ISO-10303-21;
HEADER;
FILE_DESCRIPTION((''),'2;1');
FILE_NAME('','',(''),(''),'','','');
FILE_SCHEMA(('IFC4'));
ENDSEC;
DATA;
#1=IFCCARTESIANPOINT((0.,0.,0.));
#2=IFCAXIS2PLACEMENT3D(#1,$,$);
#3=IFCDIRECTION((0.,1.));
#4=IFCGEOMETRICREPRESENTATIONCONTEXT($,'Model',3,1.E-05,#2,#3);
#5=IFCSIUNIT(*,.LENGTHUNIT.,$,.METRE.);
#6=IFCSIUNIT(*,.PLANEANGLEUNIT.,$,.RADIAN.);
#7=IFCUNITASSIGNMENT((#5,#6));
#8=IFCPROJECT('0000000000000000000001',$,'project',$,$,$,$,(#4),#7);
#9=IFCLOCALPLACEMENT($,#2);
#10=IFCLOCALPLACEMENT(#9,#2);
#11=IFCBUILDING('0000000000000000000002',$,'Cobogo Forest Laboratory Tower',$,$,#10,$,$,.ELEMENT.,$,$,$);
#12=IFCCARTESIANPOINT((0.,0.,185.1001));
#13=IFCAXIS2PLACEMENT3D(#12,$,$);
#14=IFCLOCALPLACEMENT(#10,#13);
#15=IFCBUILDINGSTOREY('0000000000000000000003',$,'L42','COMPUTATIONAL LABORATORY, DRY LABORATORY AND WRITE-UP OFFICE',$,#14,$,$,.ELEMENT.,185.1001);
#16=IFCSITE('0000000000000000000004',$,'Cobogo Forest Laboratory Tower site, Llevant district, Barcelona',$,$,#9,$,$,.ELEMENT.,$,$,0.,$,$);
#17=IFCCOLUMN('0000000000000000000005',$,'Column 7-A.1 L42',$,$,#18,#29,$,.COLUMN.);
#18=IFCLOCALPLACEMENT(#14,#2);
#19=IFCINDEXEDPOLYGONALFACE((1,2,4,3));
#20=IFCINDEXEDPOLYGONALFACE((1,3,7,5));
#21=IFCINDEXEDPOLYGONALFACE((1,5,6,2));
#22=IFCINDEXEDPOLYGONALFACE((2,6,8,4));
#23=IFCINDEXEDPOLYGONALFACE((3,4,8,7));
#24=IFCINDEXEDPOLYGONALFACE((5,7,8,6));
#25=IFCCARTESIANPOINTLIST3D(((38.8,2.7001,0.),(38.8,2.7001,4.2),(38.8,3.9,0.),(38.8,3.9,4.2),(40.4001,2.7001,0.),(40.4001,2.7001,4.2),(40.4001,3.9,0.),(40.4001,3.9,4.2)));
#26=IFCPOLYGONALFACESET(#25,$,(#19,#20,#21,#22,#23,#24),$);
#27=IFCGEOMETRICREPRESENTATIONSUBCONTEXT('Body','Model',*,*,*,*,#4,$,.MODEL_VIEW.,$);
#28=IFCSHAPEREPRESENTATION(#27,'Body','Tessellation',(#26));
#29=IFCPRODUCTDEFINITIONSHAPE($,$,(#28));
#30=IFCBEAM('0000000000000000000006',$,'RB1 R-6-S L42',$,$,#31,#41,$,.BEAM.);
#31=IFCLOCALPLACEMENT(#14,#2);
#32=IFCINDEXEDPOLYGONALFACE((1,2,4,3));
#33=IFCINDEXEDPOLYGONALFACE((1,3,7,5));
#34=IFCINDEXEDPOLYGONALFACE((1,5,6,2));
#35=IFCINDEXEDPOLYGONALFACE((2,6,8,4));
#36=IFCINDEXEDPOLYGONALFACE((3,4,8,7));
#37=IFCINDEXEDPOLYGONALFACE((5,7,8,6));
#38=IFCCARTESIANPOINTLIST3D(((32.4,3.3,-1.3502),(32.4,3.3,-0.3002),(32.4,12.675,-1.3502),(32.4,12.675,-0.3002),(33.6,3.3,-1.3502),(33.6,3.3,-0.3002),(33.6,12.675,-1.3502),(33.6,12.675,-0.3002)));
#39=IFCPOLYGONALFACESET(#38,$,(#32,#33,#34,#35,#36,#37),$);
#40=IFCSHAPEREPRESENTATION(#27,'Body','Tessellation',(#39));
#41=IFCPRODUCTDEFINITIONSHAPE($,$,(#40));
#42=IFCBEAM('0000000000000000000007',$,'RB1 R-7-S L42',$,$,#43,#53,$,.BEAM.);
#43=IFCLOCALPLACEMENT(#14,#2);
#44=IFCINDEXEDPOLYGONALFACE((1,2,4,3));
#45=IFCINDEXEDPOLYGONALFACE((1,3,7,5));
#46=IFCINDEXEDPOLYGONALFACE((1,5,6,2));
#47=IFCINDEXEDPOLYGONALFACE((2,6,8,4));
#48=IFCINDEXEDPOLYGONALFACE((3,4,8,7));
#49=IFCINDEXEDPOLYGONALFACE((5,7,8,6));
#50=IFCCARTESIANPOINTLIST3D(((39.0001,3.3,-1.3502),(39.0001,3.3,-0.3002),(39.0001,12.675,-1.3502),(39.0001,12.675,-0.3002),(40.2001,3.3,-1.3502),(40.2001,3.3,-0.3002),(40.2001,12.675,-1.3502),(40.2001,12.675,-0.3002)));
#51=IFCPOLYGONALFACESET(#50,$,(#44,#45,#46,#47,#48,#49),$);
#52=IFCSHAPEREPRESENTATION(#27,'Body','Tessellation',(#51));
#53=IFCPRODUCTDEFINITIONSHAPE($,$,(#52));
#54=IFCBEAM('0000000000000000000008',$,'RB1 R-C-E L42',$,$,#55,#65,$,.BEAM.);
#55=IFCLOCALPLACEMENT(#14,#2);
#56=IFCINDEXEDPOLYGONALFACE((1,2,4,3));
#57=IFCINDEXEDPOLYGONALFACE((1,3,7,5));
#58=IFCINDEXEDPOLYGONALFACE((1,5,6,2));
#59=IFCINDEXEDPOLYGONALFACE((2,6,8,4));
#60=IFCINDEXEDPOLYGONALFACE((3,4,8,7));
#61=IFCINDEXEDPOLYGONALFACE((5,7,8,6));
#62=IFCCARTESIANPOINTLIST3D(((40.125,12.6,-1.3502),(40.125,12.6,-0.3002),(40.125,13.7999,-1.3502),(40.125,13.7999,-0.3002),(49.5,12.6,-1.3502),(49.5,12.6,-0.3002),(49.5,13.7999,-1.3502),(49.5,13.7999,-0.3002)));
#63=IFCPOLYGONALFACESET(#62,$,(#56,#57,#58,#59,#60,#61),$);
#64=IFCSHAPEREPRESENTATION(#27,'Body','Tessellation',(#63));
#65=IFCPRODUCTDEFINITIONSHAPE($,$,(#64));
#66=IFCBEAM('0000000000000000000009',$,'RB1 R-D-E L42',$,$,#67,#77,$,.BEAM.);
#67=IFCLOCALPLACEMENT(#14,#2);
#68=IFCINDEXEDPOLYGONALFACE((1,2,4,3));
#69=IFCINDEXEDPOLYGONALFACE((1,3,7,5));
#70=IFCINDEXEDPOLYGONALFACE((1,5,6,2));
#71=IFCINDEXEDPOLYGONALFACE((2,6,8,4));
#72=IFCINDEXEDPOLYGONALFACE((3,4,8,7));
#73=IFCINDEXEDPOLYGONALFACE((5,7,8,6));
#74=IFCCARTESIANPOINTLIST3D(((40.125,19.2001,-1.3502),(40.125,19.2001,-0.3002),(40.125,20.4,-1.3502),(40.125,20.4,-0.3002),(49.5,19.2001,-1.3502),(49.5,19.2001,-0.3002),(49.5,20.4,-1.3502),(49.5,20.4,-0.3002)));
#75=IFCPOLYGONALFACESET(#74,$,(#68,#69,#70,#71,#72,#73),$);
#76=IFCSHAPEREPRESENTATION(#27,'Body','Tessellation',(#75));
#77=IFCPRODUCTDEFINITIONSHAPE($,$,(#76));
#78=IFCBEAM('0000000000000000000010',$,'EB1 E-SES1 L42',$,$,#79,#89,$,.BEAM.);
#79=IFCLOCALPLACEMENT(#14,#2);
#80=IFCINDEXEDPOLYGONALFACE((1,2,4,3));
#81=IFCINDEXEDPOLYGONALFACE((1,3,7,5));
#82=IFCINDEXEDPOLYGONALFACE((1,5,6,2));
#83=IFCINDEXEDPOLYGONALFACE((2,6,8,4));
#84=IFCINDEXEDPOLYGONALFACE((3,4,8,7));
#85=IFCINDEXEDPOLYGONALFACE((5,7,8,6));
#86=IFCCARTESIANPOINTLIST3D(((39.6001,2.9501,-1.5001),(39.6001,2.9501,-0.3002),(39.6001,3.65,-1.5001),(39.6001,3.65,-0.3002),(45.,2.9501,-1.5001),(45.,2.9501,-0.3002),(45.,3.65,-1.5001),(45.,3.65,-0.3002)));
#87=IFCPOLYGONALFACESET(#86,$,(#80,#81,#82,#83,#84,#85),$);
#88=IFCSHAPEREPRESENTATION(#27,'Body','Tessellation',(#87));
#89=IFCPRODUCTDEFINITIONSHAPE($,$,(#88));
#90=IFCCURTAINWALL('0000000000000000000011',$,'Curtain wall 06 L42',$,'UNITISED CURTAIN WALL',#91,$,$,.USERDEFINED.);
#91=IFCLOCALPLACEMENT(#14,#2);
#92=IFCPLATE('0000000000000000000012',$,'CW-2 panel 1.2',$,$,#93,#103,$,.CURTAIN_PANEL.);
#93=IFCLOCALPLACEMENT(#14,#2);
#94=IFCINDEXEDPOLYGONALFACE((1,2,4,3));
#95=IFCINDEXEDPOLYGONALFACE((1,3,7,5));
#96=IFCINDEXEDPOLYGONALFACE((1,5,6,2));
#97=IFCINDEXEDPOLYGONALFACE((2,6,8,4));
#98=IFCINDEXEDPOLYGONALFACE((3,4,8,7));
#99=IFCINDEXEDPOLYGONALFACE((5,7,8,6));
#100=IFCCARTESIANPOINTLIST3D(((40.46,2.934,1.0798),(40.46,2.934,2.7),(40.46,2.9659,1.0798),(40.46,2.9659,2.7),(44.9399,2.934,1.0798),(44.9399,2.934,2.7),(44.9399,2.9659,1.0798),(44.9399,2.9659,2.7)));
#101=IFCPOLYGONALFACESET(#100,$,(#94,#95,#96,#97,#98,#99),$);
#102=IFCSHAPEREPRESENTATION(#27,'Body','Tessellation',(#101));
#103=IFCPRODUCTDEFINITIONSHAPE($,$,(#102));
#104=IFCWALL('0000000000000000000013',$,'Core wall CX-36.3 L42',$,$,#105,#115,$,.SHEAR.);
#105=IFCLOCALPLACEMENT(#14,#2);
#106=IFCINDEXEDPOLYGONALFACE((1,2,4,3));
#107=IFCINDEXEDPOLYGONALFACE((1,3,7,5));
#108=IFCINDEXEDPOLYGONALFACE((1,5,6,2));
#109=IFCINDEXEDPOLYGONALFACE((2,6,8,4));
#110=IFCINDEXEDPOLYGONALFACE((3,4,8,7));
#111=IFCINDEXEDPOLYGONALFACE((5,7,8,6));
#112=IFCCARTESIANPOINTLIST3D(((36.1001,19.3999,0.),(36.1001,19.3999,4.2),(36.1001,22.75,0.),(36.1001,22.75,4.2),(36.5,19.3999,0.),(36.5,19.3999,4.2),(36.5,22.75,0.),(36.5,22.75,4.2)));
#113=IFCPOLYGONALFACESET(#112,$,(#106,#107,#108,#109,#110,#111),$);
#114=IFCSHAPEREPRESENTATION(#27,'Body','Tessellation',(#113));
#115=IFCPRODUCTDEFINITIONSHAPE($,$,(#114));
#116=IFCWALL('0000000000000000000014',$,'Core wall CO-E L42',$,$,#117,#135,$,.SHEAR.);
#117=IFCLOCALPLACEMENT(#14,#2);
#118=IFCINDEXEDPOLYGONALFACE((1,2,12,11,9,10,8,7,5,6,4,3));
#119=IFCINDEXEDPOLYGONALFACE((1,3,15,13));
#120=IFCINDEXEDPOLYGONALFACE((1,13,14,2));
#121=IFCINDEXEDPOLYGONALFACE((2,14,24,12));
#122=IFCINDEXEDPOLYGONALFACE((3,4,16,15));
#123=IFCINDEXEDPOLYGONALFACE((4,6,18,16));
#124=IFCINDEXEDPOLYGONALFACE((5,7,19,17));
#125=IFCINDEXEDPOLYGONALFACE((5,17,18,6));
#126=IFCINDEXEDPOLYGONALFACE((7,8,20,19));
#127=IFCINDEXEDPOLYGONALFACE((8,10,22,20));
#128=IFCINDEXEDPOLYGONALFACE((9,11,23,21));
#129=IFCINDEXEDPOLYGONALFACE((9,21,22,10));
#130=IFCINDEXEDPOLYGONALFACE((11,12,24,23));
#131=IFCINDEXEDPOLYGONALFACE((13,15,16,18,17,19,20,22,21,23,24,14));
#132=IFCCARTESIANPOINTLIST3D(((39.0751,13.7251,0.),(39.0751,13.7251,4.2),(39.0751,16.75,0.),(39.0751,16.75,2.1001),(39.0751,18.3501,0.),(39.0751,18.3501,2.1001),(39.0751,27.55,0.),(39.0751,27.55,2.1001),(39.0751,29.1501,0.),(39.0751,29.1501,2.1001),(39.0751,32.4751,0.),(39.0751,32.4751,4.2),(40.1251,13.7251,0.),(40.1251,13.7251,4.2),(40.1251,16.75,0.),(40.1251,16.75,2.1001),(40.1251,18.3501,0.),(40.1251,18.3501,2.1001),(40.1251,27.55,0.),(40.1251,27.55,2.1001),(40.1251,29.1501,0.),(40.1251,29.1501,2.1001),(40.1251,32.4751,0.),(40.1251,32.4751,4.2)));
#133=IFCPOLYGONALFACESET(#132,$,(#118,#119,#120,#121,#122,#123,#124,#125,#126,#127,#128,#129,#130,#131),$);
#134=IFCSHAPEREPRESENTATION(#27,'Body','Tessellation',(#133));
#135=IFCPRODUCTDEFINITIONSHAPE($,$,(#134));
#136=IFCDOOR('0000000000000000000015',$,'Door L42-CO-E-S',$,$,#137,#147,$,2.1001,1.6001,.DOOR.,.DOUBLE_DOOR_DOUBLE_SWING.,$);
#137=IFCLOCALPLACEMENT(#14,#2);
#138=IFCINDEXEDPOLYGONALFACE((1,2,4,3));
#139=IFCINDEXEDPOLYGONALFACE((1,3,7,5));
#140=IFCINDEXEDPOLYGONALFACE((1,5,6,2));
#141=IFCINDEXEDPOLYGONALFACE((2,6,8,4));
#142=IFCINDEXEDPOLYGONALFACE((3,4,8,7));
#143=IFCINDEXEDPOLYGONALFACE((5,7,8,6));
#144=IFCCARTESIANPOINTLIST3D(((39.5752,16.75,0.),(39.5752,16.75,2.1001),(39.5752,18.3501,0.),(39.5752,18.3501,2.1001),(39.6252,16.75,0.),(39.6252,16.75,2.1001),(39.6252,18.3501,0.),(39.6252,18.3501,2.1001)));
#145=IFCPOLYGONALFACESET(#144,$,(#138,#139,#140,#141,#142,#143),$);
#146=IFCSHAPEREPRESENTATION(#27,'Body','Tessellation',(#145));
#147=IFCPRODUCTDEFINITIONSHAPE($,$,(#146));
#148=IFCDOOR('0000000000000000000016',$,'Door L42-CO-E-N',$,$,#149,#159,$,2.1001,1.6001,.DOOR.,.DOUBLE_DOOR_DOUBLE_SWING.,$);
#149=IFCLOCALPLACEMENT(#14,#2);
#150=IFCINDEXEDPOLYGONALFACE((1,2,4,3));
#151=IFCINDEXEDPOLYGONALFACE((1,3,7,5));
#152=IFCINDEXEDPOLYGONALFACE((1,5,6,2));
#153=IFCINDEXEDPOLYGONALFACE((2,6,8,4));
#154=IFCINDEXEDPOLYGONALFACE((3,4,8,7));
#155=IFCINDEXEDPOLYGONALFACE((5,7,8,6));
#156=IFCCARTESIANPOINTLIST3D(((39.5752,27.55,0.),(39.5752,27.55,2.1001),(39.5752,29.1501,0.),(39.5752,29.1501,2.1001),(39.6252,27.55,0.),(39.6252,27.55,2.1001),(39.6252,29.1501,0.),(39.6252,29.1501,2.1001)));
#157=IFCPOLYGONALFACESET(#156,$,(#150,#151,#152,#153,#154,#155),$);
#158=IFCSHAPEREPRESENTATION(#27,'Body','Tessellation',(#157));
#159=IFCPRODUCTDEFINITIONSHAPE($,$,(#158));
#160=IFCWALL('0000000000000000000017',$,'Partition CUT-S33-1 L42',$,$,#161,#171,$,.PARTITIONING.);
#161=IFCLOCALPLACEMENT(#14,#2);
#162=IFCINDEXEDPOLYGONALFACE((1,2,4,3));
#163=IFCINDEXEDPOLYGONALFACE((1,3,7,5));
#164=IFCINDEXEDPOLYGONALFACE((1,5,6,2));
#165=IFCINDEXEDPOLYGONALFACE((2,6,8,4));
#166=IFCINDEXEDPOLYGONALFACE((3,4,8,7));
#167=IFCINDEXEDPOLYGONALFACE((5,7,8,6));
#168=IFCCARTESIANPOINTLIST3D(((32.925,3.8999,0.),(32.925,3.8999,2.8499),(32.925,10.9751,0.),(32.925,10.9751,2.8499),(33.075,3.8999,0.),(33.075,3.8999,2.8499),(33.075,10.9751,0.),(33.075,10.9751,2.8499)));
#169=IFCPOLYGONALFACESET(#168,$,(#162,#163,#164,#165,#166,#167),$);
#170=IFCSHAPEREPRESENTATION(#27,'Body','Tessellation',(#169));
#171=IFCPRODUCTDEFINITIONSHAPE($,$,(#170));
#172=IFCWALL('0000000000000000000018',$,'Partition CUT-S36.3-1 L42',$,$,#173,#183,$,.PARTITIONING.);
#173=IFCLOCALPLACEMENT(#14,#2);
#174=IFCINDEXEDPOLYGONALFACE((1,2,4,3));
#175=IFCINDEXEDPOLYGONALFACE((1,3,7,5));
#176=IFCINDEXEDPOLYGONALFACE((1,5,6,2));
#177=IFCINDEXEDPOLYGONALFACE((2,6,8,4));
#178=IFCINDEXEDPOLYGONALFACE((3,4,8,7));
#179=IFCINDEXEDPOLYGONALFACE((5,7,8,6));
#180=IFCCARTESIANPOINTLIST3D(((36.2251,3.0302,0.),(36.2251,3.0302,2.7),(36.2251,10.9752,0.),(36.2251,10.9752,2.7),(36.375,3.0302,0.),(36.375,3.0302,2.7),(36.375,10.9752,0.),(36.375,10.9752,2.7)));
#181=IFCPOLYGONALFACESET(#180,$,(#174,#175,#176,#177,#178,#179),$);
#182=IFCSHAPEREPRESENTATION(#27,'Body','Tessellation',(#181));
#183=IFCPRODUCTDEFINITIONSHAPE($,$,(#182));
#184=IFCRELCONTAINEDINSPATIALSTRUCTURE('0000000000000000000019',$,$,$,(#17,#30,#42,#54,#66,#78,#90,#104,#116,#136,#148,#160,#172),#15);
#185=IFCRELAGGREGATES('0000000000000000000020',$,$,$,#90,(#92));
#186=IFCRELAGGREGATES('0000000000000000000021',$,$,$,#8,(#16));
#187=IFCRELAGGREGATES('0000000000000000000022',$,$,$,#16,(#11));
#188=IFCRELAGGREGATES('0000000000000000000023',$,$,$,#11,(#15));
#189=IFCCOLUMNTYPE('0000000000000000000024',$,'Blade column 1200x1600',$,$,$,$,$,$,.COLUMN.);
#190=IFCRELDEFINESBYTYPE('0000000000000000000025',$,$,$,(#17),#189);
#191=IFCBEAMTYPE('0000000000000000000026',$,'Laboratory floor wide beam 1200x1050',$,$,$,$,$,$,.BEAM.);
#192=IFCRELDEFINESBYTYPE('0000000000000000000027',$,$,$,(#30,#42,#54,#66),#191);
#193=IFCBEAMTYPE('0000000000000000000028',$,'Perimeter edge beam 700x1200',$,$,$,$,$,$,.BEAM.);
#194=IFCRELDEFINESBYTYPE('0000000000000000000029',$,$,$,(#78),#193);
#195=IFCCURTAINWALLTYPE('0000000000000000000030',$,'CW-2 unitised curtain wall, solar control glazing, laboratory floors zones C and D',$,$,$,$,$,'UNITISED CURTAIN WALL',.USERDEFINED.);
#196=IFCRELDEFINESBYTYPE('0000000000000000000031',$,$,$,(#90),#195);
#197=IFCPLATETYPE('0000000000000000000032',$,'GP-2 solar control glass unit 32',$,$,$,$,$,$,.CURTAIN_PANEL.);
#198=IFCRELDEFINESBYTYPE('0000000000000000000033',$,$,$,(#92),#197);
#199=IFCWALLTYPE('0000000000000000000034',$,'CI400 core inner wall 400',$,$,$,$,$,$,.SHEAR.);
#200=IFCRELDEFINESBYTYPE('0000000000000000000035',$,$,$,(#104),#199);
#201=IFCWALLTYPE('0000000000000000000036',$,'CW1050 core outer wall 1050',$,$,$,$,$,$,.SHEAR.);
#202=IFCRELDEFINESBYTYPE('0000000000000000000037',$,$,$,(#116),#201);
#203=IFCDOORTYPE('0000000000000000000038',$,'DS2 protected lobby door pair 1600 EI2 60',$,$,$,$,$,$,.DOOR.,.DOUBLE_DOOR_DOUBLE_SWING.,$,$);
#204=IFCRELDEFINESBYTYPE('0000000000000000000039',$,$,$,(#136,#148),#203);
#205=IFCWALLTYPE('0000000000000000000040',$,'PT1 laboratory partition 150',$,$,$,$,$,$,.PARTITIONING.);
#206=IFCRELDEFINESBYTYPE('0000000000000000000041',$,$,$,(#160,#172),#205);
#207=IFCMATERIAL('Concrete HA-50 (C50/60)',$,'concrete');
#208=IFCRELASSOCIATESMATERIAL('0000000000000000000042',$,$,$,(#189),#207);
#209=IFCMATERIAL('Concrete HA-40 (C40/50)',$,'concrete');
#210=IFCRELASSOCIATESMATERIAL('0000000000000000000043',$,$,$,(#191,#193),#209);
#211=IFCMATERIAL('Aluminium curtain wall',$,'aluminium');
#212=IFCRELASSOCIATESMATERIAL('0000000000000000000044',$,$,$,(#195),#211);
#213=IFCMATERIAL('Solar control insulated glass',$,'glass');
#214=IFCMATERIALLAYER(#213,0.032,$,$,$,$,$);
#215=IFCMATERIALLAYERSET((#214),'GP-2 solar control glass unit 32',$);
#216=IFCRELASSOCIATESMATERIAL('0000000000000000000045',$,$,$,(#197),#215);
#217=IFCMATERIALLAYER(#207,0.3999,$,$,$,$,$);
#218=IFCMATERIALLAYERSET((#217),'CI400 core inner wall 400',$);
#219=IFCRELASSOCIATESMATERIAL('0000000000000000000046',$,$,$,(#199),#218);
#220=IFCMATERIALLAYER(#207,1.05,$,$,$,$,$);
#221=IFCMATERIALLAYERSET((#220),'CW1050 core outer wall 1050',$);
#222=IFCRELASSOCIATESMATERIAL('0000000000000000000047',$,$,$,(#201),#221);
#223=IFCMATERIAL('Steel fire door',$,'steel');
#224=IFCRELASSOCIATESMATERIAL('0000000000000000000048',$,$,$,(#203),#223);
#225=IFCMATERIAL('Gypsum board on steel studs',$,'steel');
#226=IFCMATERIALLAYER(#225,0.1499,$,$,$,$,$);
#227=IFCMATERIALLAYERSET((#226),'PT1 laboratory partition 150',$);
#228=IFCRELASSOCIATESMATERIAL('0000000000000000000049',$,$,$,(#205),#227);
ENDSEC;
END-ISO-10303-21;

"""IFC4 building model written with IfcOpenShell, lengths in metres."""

from ifc_helpers import new_model, si_unit, direction, frame, frame_2d, origin, origin_2d, place, context, subcontext, project, spatial, rectangle, extrude, material, layer, layer_set, material_profile, profile_set, type_object, element, fill, aggregate, save


model = new_model("IFC4")

# Units and contexts
model_context = context("Model", 3, precision=1e-05, world=origin(), true_north=direction((0.0, 1.0)))
body_context = subcontext(model_context, "Body", "Model", "MODEL_VIEW")
ifc_project = project(units=[si_unit("LENGTHUNIT", "METRE"), si_unit("PLANEANGLEUNIT", "RADIAN")], contexts=[model_context])

# Site, building, storey
site_placement = place(None, origin())
site = spatial("IfcSite", under=ifc_project, at=site_placement, Name="Cobogo Forest Laboratory Tower site, Llevant district, Barcelona", CompositionType="ELEMENT", RefElevation=0.0)
building_placement = place(site_placement, origin())
building = spatial("IfcBuilding", under=site, at=building_placement, Name="Cobogo Forest Laboratory Tower", CompositionType="ELEMENT")
storey_placement = place(building_placement, frame((0.0, 0.0, 185.1001)))
storey = spatial("IfcBuildingStorey", under=building, at=storey_placement, Name="L42", Description="COMPUTATIONAL LABORATORY, DRY LABORATORY AND WRITE-UP OFFICE", CompositionType="ELEMENT", Elevation=185.1001)

# Column
ifc_material_1 = material(Name="Concrete HA-50 (C50/60)", Category="concrete")
ifc_material_profile_1 = material_profile(ifc_material_1, rectangle(XDim=1.6001, YDim=1.2, at=origin_2d()), Name="RC 1200x1600")
ifc_profile_set_1 = profile_set([ifc_material_profile_1], Name="Concrete HA-50 (C50/60)")
column_type = type_object("IfcColumnType", Name="Blade column 1200x1600", PredefinedType="COLUMN", material=ifc_profile_set_1)
column_placement = place(storey_placement, frame((39.6001, 3.3, 0.0), z_axis=(0.0, 0.0, 1.0), x_axis=(1.0, 0.0, 0.0)))
element("IfcColumn", 1, at=column_placement, inside=storey, type_object=column_type, Name="Column 7-A.1 L42", PredefinedType="COLUMN", context=body_context, shape_type="SweptSolid", body=[
    extrude(rectangle(XDim=1.6001, YDim=1.2, at=origin_2d()), origin(), (0.0, 0.0, 1.0), 4.2),
])

# Beams
ifc_material_2 = material(Name="Concrete HA-40 (C40/50)", Category="concrete")
ifc_material_profile_2 = material_profile(ifc_material_2, rectangle(XDim=1.2, YDim=1.05, at=origin_2d()), Name="RC 1200x1050")
ifc_profile_set_2 = profile_set([ifc_material_profile_2], Name="Concrete HA-40 (C40/50)")
beam_type_1 = type_object("IfcBeamType", Name="Laboratory floor wide beam 1200x1050", PredefinedType="BEAM", material=ifc_profile_set_2)
for number, where, z_axis, x_axis, name in (
    (2, (33.0, 12.675, -0.8252), (0.0, -1.0, 0.0), (1.0, 0.0, 0.0), "RB1 R-6-S L42"),
    (3, (39.6001, 12.675, -0.8252), (0.0, -1.0, 0.0), (1.0, 0.0, 0.0), "RB1 R-7-S L42"),
    (4, (40.125, 13.2, -0.8252), (1.0, 0.0, 0.0), (0.0, 1.0, 0.0), "RB1 R-C-E L42"),
    (5, (40.125, 19.8, -0.8252), (1.0, 0.0, 0.0), (0.0, 1.0, 0.0), "RB1 R-D-E L42"),
):
    element("IfcBeam", number, at=place(storey_placement, frame(where, z_axis=z_axis, x_axis=x_axis)), inside=storey, type_object=beam_type_1, Name=name, PredefinedType="BEAM", context=body_context, shape_type="SweptSolid", body=[
        extrude(rectangle(XDim=1.2, YDim=1.05, at=origin_2d()), origin(), (0.0, 0.0, 1.0), 9.375),
    ])
ifc_material_profile_3 = material_profile(ifc_material_2, rectangle(XDim=0.7, YDim=1.2, at=origin_2d()), Name="RC 700x1200")
ifc_profile_set_3 = profile_set([ifc_material_profile_3], Name="Concrete HA-40 (C40/50)")
beam_type_2 = type_object("IfcBeamType", Name="Perimeter edge beam 700x1200", PredefinedType="BEAM", material=ifc_profile_set_3)
beam_placement = place(storey_placement, frame((39.6001, 3.3, -0.9001), z_axis=(1.0, 0.0, 0.0), x_axis=(0.0, 1.0, 0.0)))
element("IfcBeam", 6, at=beam_placement, inside=storey, type_object=beam_type_2, Name="EB1 E-SES1 L42", PredefinedType="BEAM", context=body_context, shape_type="SweptSolid", body=[
    extrude(rectangle(XDim=0.7, YDim=1.2, at=origin_2d()), origin(), (0.0, 0.0, 1.0), 5.3999),
])

# Curtain wall, plate
ifc_material_3 = material(Name="Aluminium curtain wall", Category="aluminium")
curtain_wall_type = type_object("IfcCurtainWallType", Name="CW-2 unitised curtain wall, solar control glazing, laboratory floors zones C and D", ElementType="UNITISED CURTAIN WALL", PredefinedType="USERDEFINED", material=ifc_material_3)
curtain_wall_placement = place(storey_placement, origin())
curtain_wall = element("IfcCurtainWall", 7, at=curtain_wall_placement, inside=storey, type_object=curtain_wall_type, Name="Curtain wall 06 L42", ObjectType="UNITISED CURTAIN WALL", PredefinedType="USERDEFINED")
ifc_material_4 = material(Name="Solar control insulated glass", Category="glass")
ifc_layer_1 = layer(ifc_material_4, 0.032)
ifc_layer_set_1 = layer_set([ifc_layer_1], Name="GP-2 solar control glass unit 32")
plate_type = type_object("IfcPlateType", Name="GP-2 solar control glass unit 32", PredefinedType="CURTAIN_PANEL", material=ifc_layer_set_1)
plate_placement = place(storey_placement, frame((42.7, 2.95, 1.0798), z_axis=(0.0, 0.0, 1.0), x_axis=(1.0, 0.0, 0.0)))
plate = element("IfcPlate", 8, at=plate_placement, type_object=plate_type, Name="CW-2 panel 1.2", PredefinedType="CURTAIN_PANEL", context=body_context, shape_type="SweptSolid", body=[
    extrude(rectangle(XDim=4.48, YDim=0.032, at=origin_2d()), origin(), (0.0, 0.0, 1.0), 1.6201),
])
aggregate(curtain_wall, [plate])

# Wall
ifc_layer_2 = layer(ifc_material_1, 0.3999)
ifc_layer_set_2 = layer_set([ifc_layer_2], Name="CI400 core inner wall 400")
wall_type_1 = type_object("IfcWallType", Name="CI400 core inner wall 400", PredefinedType="SHEAR", material=ifc_layer_set_2)
wall_1_placement = place(storey_placement, frame((36.3, 19.3999, 0.0), z_axis=(0.0, 0.0, 1.0), x_axis=(0.0, 1.0, 0.0)))
element("IfcWall", 9, at=wall_1_placement, inside=storey, type_object=wall_type_1, Name="Core wall CX-36.3 L42", PredefinedType="SHEAR", context=body_context, shape_type="SweptSolid", body=[
    extrude(rectangle(XDim=3.3501, YDim=0.3999, at=frame_2d((1.675, 0.0))), origin(), (0.0, 0.0, 1.0), 4.2),
])

# Wall, openings, doors
ifc_layer_3 = layer(ifc_material_1, 1.05)
ifc_layer_set_3 = layer_set([ifc_layer_3], Name="CW1050 core outer wall 1050")
wall_type_2 = type_object("IfcWallType", Name="CW1050 core outer wall 1050", PredefinedType="SHEAR", material=ifc_layer_set_3)
wall_2_placement = place(storey_placement, frame((39.6001, 13.7251, 0.0), z_axis=(0.0, 0.0, 1.0), x_axis=(0.0, 1.0, 0.0)))
wall_2 = element("IfcWall", 10, at=wall_2_placement, inside=storey, type_object=wall_type_2, Name="Core wall CO-E L42", PredefinedType="SHEAR", context=body_context, shape_type="SweptSolid", body=[
    extrude(rectangle(XDim=18.75, YDim=1.05, at=frame_2d((9.375, 0.0))), origin(), (0.0, 0.0, 1.0), 4.2),
])
opening_1_placement = place(wall_2_placement, frame((3.0249, 0.0, 0.0)))
opening_1 = element("IfcOpeningElement", 11, at=opening_1_placement, cuts=wall_2, PredefinedType="OPENING", context=body_context, shape_type="SweptSolid", body=[
    extrude(rectangle(XDim=1.6001, YDim=2.1001, at=frame_2d((0.8, 1.05))), frame((0.0, 0.5349, 0.0), z_axis=(0.0, -1.0, 0.0), x_axis=(1.0, 0.0, 0.0)), (0.0, 0.0, 1.0), 1.0701),
])
opening_2_placement = place(wall_2_placement, frame((13.825, 0.0, 0.0)))
opening_2 = element("IfcOpeningElement", 12, at=opening_2_placement, cuts=wall_2, PredefinedType="OPENING", context=body_context, shape_type="SweptSolid", body=[
    extrude(rectangle(XDim=1.6001, YDim=2.1001, at=frame_2d((0.8, 1.05))), frame((0.0, 0.5349, 0.0), z_axis=(0.0, -1.0, 0.0), x_axis=(1.0, 0.0, 0.0)), (0.0, 0.0, 1.0), 1.0701),
])
ifc_material_5 = material(Name="Steel fire door", Category="steel")
door_type_1 = type_object("IfcDoorType", Name="DS2 protected lobby door pair 1600 EI2 60", OperationType="DOUBLE_DOOR_DOUBLE_SWING", PredefinedType="DOOR", material=ifc_material_5)
door_1_placement = place(opening_1_placement, origin())
door_1 = element("IfcDoor", 13, at=door_1_placement, inside=storey, type_object=door_type_1, Name="Door L42-CO-E-S", OperationType="DOUBLE_DOOR_DOUBLE_SWING", OverallHeight=2.1001, OverallWidth=1.6001, PredefinedType="DOOR", context=body_context, shape_type="SweptSolid", body=[
    extrude(rectangle(XDim=1.6001, YDim=2.1001, at=frame_2d((0.8, 1.05))), frame((0.0, 0.0249, 0.0), z_axis=(0.0, -1.0, 0.0), x_axis=(1.0, 0.0, 0.0)), (0.0, 0.0, 1.0), 0.05),
])
fill(opening_1, door_1)
door_2_placement = place(opening_2_placement, origin())
door_2 = element("IfcDoor", 14, at=door_2_placement, inside=storey, type_object=door_type_1, Name="Door L42-CO-E-N", OperationType="DOUBLE_DOOR_DOUBLE_SWING", OverallHeight=2.1001, OverallWidth=1.6001, PredefinedType="DOOR", context=body_context, shape_type="SweptSolid", body=[
    extrude(rectangle(XDim=1.6001, YDim=2.1001, at=frame_2d((0.8, 1.05))), frame((0.0, 0.0249, 0.0), z_axis=(0.0, -1.0, 0.0), x_axis=(1.0, 0.0, 0.0)), (0.0, 0.0, 1.0), 0.05),
])
fill(opening_2, door_2)

# Walls
ifc_material_6 = material(Name="Gypsum board on steel studs", Category="steel")
ifc_layer_4 = layer(ifc_material_6, 0.1499)
ifc_layer_set_4 = layer_set([ifc_layer_4], Name="PT1 laboratory partition 150")
wall_type_3 = type_object("IfcWallType", Name="PT1 laboratory partition 150", PredefinedType="PARTITIONING", material=ifc_layer_set_4)
wall_3_placement = place(storey_placement, frame((33.0, 3.8999, 0.0), z_axis=(0.0, 0.0, 1.0), x_axis=(0.0, 1.0, 0.0)))
element("IfcWall", 15, at=wall_3_placement, inside=storey, type_object=wall_type_3, Name="Partition CUT-S33-1 L42", PredefinedType="PARTITIONING", context=body_context, shape_type="SweptSolid", body=[
    extrude(rectangle(XDim=7.0752, YDim=0.1499, at=frame_2d((3.5376, 0.0))), origin(), (0.0, 0.0, 1.0), 2.8499),
])
wall_4_placement = place(storey_placement, frame((36.3, 3.03, 0.0), z_axis=(0.0, 0.0, 1.0), x_axis=(0.0, 1.0, 0.0)))
element("IfcWall", 16, at=wall_4_placement, inside=storey, type_object=wall_type_3, Name="Partition CUT-S36.3-1 L42", PredefinedType="PARTITIONING", context=body_context, shape_type="SweptSolid", body=[
    extrude(rectangle(XDim=7.9451, YDim=0.1499, at=frame_2d((3.9727, 0.0))), origin(), (0.0, 0.0, 1.0), 2.7),
])

save(model, "model.ifc")
